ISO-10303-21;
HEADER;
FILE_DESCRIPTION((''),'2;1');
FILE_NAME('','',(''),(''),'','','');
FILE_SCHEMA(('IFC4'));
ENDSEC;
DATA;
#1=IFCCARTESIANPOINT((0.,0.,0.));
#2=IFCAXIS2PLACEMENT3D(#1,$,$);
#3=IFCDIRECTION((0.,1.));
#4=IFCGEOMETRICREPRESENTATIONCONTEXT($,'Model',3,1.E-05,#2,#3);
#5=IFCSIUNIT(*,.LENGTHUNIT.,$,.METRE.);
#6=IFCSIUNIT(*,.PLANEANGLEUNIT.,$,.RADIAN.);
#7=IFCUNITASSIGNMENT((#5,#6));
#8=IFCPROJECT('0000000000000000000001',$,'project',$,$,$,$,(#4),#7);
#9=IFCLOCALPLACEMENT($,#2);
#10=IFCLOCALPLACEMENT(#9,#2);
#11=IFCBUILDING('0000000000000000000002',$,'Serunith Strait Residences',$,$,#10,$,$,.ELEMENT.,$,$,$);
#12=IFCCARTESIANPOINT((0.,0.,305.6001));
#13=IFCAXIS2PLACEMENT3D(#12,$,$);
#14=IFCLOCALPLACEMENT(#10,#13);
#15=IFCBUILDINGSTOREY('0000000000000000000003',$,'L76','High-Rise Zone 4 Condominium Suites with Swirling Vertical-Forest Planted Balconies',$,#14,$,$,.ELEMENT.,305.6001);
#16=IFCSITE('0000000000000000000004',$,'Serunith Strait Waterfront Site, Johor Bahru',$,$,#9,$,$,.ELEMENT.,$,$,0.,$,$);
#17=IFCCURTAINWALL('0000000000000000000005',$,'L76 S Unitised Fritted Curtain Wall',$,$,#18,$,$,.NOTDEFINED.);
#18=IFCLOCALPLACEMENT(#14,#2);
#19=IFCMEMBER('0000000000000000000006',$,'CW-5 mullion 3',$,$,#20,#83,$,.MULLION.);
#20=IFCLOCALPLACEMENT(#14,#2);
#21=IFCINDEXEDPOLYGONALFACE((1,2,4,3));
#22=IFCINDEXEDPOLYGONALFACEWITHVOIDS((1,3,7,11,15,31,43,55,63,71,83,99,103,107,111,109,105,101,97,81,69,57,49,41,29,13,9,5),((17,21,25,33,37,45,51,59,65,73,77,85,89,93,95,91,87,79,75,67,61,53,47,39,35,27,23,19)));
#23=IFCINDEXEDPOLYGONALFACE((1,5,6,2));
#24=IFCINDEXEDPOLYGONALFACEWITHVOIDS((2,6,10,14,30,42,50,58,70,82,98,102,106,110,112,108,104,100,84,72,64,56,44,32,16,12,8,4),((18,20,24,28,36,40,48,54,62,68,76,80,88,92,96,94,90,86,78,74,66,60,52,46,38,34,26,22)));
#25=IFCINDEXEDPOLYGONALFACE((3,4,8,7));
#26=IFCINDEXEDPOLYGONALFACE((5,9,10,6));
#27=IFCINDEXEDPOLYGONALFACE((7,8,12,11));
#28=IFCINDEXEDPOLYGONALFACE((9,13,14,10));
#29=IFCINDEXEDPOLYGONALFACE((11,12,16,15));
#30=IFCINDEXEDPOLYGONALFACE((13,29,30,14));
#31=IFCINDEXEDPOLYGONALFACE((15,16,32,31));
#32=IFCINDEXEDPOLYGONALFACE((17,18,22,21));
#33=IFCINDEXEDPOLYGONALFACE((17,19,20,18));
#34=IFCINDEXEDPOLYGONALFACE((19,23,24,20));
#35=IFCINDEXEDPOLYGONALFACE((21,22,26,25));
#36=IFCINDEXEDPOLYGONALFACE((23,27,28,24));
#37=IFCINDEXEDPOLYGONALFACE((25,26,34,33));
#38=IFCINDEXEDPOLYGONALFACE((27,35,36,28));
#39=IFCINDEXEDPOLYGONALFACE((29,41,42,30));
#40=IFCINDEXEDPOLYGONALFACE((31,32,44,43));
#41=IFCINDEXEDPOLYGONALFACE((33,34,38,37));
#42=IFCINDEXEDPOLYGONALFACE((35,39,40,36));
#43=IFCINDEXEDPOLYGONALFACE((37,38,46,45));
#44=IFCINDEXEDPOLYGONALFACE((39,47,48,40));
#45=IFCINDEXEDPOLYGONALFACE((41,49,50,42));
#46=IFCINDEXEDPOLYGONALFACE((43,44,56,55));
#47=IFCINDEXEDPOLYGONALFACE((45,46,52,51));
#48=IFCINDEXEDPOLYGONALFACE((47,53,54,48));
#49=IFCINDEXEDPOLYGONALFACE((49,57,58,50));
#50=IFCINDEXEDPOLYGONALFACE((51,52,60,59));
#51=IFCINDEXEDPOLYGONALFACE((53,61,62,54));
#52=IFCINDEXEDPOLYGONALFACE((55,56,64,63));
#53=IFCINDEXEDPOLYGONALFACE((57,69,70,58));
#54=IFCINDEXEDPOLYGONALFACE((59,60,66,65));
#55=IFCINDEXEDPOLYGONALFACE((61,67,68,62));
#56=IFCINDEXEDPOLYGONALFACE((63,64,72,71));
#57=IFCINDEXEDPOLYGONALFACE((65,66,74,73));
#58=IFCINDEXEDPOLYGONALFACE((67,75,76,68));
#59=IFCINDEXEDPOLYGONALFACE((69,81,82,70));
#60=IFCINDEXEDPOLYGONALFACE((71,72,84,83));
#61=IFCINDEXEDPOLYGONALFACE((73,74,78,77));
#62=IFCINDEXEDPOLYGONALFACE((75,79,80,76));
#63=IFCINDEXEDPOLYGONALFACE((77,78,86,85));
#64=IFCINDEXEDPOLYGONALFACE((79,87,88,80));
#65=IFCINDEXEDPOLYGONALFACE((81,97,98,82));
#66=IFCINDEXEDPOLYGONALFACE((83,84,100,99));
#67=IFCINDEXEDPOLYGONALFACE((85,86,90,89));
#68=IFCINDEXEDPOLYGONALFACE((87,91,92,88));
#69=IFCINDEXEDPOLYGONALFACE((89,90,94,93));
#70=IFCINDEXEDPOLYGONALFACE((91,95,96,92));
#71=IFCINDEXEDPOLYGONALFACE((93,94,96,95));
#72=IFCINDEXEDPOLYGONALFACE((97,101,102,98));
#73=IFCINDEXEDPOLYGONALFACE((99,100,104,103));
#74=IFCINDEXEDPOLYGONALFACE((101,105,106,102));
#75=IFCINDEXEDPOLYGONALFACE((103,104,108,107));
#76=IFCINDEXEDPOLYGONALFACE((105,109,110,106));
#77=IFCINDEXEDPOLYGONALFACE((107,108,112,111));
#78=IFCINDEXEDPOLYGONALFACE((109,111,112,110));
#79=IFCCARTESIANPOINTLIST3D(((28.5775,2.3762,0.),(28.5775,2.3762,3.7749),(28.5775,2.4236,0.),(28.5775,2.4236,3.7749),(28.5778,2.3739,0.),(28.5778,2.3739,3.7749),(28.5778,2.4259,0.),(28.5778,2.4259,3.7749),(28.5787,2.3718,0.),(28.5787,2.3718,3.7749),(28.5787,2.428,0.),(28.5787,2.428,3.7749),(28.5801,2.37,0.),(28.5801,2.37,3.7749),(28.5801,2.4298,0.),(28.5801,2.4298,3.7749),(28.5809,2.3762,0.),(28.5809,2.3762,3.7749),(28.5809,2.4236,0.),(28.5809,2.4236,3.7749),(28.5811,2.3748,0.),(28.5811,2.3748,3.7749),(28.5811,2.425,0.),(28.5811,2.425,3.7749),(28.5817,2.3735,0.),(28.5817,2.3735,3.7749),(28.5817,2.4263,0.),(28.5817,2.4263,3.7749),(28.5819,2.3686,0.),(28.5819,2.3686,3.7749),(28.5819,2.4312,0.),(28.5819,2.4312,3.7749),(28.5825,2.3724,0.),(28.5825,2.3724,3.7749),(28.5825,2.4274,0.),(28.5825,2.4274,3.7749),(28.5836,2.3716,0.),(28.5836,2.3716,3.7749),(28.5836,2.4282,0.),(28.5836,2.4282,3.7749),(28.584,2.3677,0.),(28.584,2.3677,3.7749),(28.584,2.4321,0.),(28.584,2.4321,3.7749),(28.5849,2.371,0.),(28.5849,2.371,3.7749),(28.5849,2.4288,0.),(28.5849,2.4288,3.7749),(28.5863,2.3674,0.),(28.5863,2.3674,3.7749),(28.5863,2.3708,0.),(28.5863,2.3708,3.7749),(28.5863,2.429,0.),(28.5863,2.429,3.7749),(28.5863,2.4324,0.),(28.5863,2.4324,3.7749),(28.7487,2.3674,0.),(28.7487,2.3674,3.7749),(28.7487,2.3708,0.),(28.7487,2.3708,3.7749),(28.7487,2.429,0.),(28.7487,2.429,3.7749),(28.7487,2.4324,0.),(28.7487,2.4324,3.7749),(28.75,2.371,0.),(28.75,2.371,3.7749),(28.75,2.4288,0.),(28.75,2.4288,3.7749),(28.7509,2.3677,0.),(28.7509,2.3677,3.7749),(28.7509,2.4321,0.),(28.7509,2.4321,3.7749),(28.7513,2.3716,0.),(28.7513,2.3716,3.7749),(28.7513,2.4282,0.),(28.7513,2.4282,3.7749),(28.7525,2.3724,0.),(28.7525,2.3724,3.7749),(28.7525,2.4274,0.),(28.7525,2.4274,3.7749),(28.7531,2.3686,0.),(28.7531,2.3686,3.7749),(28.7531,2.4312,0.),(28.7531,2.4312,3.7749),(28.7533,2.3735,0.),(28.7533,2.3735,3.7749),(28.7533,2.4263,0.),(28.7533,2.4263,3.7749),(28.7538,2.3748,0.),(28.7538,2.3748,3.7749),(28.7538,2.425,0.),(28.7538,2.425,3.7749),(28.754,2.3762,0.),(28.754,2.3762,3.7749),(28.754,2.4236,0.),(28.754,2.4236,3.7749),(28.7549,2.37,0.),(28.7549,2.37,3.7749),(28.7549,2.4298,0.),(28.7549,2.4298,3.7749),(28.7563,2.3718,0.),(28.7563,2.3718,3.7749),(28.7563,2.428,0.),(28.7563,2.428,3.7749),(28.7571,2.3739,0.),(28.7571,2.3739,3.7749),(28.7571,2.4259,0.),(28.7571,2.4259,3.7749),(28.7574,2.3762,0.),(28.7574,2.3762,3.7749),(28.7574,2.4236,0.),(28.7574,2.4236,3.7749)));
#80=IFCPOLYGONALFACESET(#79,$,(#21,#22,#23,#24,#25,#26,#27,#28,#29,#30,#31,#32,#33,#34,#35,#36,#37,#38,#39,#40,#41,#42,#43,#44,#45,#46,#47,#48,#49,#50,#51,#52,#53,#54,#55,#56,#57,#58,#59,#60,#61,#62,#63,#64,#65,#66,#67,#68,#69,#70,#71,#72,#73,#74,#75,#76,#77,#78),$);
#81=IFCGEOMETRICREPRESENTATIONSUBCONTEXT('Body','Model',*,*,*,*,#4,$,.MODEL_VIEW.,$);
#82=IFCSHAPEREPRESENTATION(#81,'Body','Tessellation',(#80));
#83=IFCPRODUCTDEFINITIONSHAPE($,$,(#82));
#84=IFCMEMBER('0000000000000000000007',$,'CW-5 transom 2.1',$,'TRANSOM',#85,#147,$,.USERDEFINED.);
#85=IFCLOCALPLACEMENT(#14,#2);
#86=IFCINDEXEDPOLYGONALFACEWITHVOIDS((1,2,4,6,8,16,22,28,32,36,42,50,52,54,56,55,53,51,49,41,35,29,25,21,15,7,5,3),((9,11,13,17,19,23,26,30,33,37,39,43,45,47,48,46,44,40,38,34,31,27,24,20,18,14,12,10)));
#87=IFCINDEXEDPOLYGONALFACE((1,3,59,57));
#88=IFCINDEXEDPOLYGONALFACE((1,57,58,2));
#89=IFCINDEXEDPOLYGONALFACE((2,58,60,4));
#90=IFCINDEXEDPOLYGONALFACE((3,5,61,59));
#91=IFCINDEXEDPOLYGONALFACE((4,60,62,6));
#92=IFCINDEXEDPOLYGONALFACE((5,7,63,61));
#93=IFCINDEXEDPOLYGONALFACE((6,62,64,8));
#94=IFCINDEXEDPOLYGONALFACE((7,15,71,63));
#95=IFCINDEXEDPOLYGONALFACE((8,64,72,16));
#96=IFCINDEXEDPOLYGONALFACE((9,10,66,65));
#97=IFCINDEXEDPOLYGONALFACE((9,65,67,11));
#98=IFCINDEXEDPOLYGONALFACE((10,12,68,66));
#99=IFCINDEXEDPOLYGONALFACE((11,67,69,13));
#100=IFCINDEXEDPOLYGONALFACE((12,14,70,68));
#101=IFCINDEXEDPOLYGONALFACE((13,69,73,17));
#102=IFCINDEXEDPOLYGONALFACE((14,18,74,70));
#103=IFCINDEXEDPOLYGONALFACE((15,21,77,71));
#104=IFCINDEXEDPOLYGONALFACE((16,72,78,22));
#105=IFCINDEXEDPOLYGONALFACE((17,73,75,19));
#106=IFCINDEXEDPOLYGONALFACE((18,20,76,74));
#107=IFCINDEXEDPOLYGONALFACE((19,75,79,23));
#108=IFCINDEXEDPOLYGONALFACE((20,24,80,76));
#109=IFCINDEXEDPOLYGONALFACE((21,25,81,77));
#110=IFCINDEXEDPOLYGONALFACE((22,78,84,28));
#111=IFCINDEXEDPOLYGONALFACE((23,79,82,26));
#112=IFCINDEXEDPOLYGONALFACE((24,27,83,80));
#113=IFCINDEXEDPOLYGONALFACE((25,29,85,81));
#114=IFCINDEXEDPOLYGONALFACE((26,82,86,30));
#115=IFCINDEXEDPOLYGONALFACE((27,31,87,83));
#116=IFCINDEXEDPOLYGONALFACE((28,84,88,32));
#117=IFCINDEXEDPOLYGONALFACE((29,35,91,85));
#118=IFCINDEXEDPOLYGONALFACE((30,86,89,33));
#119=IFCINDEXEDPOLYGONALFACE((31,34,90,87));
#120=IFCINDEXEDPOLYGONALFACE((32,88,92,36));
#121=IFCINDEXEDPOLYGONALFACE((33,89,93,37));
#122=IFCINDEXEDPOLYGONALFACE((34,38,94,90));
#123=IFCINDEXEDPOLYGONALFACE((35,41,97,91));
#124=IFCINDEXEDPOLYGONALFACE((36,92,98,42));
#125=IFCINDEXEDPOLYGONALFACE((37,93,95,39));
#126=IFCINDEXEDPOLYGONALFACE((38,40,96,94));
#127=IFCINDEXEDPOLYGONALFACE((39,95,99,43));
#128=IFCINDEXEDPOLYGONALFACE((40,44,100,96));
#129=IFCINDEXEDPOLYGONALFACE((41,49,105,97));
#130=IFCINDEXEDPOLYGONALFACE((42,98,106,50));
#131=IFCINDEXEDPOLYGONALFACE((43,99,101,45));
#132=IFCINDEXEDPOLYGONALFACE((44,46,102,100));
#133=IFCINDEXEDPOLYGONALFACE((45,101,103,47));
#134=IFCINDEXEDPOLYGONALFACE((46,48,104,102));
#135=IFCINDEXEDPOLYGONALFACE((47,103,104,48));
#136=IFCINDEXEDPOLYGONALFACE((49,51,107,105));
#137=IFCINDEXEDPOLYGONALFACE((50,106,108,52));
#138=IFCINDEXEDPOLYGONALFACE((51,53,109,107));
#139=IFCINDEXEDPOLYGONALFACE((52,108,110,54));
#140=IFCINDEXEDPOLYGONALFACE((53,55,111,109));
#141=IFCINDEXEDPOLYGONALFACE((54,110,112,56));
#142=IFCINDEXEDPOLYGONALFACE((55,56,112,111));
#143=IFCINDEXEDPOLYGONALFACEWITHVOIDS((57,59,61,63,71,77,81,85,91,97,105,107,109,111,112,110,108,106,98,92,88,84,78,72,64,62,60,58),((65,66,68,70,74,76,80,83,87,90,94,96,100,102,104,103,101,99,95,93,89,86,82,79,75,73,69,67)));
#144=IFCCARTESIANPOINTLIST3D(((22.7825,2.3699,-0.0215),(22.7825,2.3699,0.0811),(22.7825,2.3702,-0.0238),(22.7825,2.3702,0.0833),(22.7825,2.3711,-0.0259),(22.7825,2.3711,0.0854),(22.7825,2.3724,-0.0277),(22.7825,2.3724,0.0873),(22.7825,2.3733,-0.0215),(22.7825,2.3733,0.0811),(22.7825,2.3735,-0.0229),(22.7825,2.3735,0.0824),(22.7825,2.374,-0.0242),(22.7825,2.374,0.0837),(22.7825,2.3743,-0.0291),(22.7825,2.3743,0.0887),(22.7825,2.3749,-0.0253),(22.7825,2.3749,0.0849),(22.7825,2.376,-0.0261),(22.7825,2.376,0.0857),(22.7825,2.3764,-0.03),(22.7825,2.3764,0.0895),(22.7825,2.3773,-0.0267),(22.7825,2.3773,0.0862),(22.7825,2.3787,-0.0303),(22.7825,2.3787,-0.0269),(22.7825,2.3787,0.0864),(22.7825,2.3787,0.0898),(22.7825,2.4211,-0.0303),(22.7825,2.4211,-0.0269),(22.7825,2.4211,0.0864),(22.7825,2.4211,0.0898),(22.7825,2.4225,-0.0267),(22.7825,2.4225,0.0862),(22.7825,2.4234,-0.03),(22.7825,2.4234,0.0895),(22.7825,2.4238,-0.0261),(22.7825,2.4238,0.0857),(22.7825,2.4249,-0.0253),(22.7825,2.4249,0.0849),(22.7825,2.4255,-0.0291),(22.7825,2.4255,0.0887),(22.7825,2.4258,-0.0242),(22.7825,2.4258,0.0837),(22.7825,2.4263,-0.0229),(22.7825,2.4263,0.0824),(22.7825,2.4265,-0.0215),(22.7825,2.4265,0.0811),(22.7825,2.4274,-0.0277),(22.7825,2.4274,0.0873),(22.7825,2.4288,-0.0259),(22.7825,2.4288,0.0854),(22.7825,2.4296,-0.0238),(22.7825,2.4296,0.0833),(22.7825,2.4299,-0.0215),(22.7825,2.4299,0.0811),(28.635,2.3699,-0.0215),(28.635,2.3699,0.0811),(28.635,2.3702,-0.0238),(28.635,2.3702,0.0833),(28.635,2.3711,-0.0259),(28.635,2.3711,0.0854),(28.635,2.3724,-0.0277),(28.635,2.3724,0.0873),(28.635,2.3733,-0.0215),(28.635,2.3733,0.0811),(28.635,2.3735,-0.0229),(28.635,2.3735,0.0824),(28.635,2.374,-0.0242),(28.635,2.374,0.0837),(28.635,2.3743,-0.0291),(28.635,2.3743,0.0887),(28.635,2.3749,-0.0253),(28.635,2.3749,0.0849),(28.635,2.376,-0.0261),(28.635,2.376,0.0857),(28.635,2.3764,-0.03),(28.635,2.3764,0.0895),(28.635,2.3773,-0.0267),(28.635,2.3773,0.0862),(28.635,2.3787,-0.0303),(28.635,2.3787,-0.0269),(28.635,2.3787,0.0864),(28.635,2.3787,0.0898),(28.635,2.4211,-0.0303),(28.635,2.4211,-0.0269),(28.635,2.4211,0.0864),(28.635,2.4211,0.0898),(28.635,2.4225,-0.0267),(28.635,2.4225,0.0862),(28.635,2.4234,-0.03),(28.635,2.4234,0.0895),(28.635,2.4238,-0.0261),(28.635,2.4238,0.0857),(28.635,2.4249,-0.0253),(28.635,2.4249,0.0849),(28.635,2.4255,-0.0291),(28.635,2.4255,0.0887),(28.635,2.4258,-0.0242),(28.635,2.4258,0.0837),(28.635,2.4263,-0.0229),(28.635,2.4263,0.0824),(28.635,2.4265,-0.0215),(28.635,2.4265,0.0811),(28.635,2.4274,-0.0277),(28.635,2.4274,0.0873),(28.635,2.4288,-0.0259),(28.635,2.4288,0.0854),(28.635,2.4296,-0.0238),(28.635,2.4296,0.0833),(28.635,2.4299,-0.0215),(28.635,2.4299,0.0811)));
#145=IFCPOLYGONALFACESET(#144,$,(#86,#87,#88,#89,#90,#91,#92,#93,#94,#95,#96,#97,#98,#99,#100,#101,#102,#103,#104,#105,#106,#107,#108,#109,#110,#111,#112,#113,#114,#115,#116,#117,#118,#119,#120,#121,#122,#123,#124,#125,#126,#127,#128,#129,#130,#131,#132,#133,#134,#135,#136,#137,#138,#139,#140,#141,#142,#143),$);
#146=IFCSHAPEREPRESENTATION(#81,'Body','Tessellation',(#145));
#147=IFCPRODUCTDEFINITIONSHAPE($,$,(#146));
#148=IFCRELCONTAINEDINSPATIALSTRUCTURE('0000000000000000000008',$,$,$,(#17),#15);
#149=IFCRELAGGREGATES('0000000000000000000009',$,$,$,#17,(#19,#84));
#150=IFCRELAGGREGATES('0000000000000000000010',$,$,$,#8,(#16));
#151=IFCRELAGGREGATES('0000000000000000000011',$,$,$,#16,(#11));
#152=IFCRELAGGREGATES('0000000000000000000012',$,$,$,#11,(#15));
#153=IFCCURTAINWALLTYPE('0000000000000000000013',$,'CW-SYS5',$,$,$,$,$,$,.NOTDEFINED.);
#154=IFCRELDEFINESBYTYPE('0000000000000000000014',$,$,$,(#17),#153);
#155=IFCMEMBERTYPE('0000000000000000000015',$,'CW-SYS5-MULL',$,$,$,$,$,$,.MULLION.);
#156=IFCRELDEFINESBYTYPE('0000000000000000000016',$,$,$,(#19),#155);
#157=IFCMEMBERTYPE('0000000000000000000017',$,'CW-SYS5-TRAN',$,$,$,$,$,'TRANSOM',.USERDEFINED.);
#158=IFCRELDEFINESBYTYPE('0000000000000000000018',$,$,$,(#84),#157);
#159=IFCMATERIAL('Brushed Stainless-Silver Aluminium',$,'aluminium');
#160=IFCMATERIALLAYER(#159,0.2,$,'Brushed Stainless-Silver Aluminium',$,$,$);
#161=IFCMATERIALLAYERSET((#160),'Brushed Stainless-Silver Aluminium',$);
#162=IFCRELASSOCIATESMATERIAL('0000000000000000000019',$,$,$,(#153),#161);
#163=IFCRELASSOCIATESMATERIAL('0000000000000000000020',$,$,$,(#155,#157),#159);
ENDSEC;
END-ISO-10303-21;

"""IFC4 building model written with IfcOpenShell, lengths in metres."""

from ifc_helpers import new_model, si_unit, direction, frame, origin, origin_2d, place, context, subcontext, project, spatial, hollow_rectangle, extrude, source, transform, mapped, material, layer, layer_set, material_profile, profile_set, type_object, element, aggregate, save


model = new_model("IFC4")

# Units and contexts
model_context = context("Model", 3, precision=1e-05, world=origin(), true_north=direction((0.0, 1.0)))
body_context = subcontext(model_context, "Body", "Model", "MODEL_VIEW")
ifc_project = project(units=[si_unit("LENGTHUNIT", "METRE"), si_unit("PLANEANGLEUNIT", "RADIAN")], contexts=[model_context])

# Site, building, storey
site_placement = place(None, origin())
site = spatial("IfcSite", under=ifc_project, at=site_placement, Name="Serunith Strait Waterfront Site, Johor Bahru", CompositionType="ELEMENT", RefElevation=0.0)
building_placement = place(site_placement, origin())
building = spatial("IfcBuilding", under=site, at=building_placement, Name="Serunith Strait Residences", CompositionType="ELEMENT")
storey_placement = place(building_placement, frame((0.0, 0.0, 305.6001)))
storey = spatial("IfcBuildingStorey", under=building, at=storey_placement, Name="L76", Description="High-Rise Zone 4 Condominium Suites with Swirling Vertical-Forest Planted Balconies", CompositionType="ELEMENT", Elevation=305.6001)

# Curtain wall, members
ifc_material_1 = material(Name="Brushed Stainless-Silver Aluminium", Category="aluminium")
ifc_layer_1 = layer(ifc_material_1, 0.2, Name="Brushed Stainless-Silver Aluminium")
ifc_layer_set_1 = layer_set([ifc_layer_1], Name="Brushed Stainless-Silver Aluminium")
curtain_wall_type = type_object("IfcCurtainWallType", Name="CW-SYS5", PredefinedType="NOTDEFINED", material=ifc_layer_set_1)
curtain_wall_placement = place(storey_placement, origin())
curtain_wall = element("IfcCurtainWall", 1, at=curtain_wall_placement, inside=storey, type_object=curtain_wall_type, Name="L76 S Unitised Fritted Curtain Wall", PredefinedType="NOTDEFINED")
ifc_material_profile_1 = material_profile(ifc_material_1, hollow_rectangle(XDim=0.0649, YDim=0.1799, WallThickness=0.0034, InnerFilletRadius=0.0054, OuterFilletRadius=0.0088, at=origin_2d()), Name="ALU 180x65x3.5")
ifc_profile_set_1 = profile_set([ifc_material_profile_1], Name="Brushed Stainless-Silver Aluminium")
member_type_1 = type_object("IfcMemberType", Name="CW-SYS5-MULL", PredefinedType="MULLION", material=ifc_profile_set_1)
shared_shape_1 = source(origin(), body_context, "Body", "SweptSolid", [
    extrude(hollow_rectangle(XDim=0.0649, YDim=0.1799, WallThickness=0.0034, InnerFilletRadius=0.0054, OuterFilletRadius=0.0088, at=origin_2d()), origin(), (0.0, 0.0, 1.0), 3.7749),
])
member_1_placement = place(storey_placement, frame((28.6675, 2.3999, 0.0), z_axis=(0.0, 0.0, 1.0), x_axis=(0.0, 1.0, 0.0)))
member_1 = element("IfcMember", 2, at=member_1_placement, type_object=member_type_1, Name="CW-5 mullion 3", PredefinedType="MULLION", context=body_context, shape_type="MappedRepresentation", body=[
    mapped(shared_shape_1, transform((0.0, 0.0, 0.0), scale=1.0)),
])
ifc_material_profile_2 = material_profile(ifc_material_1, hollow_rectangle(XDim=0.0601, YDim=0.1201, WallThickness=0.0034, InnerFilletRadius=0.0054, OuterFilletRadius=0.0088, at=origin_2d()), Name="ALU 120x60x3.5")
ifc_profile_set_2 = profile_set([ifc_material_profile_2], Name="Brushed Stainless-Silver Aluminium")
member_type_2 = type_object("IfcMemberType", Name="CW-SYS5-TRAN", ElementType="TRANSOM", PredefinedType="USERDEFINED", material=ifc_profile_set_2)
shared_shape_2 = source(origin(), body_context, "Body", "SweptSolid", [
    extrude(hollow_rectangle(XDim=0.0601, YDim=0.1201, WallThickness=0.0034, InnerFilletRadius=0.0054, OuterFilletRadius=0.0088, at=origin_2d()), origin(), (0.0, 0.0, 1.0), 5.8525),
])
member_2_placement = place(storey_placement, frame((22.7825, 2.3999, 0.0298), z_axis=(1.0, 0.0, 0.0), x_axis=(0.0, 1.0, 0.0)))
member_2 = element("IfcMember", 3, at=member_2_placement, type_object=member_type_2, Name="CW-5 transom 2.1", ObjectType="TRANSOM", PredefinedType="USERDEFINED", context=body_context, shape_type="MappedRepresentation", body=[
    mapped(shared_shape_2, transform((0.0, 0.0, 0.0), scale=1.0)),
])
aggregate(curtain_wall, [member_1, member_2])

save(model, "model.ifc")
